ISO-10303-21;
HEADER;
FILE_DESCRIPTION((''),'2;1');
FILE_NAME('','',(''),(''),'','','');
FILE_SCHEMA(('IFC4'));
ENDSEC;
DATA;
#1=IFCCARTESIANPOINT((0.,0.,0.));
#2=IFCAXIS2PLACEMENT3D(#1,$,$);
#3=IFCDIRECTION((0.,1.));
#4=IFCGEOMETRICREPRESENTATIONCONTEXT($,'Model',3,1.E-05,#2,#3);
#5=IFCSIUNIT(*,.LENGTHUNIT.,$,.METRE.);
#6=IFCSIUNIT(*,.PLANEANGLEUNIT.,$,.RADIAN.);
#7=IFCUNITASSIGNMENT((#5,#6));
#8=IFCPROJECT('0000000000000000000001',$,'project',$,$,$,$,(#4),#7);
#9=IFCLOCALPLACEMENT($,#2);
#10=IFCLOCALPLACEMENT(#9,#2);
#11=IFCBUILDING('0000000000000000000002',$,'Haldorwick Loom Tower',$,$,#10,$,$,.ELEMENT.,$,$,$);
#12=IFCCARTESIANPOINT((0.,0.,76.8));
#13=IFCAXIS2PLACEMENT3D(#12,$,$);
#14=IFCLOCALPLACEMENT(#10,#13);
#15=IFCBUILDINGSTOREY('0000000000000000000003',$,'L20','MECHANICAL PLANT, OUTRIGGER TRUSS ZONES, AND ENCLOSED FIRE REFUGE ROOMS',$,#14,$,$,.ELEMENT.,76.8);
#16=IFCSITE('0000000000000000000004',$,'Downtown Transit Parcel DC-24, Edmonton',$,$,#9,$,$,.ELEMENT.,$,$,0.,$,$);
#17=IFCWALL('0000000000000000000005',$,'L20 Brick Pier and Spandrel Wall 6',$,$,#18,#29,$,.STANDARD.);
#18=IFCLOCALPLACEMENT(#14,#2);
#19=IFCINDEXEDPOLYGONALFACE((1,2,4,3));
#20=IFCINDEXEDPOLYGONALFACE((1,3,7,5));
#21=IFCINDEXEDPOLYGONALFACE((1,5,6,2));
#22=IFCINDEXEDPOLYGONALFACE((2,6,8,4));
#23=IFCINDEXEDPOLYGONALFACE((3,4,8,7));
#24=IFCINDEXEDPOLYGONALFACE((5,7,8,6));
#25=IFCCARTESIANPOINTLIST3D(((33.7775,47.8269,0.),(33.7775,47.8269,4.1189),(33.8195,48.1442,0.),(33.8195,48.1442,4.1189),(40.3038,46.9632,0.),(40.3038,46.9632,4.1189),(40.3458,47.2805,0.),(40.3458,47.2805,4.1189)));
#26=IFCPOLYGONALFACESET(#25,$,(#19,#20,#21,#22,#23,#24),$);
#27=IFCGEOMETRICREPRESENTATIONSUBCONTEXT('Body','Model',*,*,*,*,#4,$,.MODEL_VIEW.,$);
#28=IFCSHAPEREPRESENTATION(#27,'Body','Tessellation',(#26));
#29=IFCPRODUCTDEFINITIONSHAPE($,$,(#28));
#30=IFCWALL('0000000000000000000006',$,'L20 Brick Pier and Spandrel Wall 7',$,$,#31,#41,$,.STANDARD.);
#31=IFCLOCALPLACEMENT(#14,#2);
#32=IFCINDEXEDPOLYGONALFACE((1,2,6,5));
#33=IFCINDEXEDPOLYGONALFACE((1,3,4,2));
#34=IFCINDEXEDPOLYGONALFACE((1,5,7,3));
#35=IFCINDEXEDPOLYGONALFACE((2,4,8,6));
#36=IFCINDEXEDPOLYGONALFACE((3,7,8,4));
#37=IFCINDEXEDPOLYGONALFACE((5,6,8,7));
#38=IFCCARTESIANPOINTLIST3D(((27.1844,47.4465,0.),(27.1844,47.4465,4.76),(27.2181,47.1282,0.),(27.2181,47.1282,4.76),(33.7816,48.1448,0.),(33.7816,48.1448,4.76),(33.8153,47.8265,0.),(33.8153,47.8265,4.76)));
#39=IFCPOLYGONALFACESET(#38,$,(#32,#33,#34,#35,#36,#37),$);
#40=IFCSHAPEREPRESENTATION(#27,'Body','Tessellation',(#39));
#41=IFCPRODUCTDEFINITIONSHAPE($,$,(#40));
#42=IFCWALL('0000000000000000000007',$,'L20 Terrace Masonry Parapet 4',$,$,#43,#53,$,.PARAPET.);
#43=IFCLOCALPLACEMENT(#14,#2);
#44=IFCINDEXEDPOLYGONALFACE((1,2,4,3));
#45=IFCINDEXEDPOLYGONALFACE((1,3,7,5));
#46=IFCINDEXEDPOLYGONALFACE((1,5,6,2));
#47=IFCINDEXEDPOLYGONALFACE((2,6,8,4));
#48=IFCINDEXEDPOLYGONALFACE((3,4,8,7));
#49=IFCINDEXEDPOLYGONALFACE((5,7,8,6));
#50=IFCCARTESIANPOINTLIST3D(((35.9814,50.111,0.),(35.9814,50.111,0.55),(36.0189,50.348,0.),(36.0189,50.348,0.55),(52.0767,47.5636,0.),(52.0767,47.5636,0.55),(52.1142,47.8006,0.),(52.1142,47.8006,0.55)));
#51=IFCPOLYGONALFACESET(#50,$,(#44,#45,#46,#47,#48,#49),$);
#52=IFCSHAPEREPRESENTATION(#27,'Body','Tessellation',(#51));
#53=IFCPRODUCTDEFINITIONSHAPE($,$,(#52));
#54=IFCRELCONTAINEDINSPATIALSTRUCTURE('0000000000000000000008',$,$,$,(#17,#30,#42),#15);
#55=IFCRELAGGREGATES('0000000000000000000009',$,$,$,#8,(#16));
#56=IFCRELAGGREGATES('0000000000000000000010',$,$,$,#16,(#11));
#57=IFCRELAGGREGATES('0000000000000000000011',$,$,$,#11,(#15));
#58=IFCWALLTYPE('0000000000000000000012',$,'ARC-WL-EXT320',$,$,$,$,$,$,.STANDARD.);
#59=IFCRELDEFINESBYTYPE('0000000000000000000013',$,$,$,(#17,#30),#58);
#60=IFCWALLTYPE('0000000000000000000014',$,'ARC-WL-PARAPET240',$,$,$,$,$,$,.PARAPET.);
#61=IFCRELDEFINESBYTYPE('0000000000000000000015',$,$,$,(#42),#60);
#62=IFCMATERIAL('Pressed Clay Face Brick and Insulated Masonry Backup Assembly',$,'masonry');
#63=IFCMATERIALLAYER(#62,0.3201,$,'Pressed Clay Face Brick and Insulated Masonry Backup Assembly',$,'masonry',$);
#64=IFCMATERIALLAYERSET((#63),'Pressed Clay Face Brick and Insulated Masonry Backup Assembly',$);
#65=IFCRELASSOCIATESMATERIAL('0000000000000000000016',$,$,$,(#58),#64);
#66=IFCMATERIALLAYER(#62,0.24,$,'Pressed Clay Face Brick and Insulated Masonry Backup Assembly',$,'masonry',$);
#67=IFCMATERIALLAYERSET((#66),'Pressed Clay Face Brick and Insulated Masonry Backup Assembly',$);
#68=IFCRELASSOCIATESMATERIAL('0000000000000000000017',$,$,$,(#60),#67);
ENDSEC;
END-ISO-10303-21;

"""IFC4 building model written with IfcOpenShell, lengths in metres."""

from ifc_helpers import new_model, si_unit, direction, frame, frame_2d, origin, place, context, subcontext, project, spatial, rectangle, extrude, material, layer, layer_set, type_object, element, save


model = new_model("IFC4")

# Units and contexts
model_context = context("Model", 3, precision=1e-05, world=origin(), true_north=direction((0.0, 1.0)))
body_context = subcontext(model_context, "Body", "Model", "MODEL_VIEW")
ifc_project = project(units=[si_unit("LENGTHUNIT", "METRE"), si_unit("PLANEANGLEUNIT", "RADIAN")], contexts=[model_context])

# Site, building, storey
site_placement = place(None, origin())
site = spatial("IfcSite", under=ifc_project, at=site_placement, Name="Downtown Transit Parcel DC-24, Edmonton", CompositionType="ELEMENT", RefElevation=0.0)
building_placement = place(site_placement, origin())
building = spatial("IfcBuilding", under=site, at=building_placement, Name="Haldorwick Loom Tower", CompositionType="ELEMENT")
storey_placement = place(building_placement, frame((0.0, 0.0, 76.8)))
storey = spatial("IfcBuildingStorey", under=building, at=storey_placement, Name="L20", Description="MECHANICAL PLANT, OUTRIGGER TRUSS ZONES, AND ENCLOSED FIRE REFUGE ROOMS", CompositionType="ELEMENT", Elevation=76.8)

# Walls
ifc_material_1 = material(Name="Pressed Clay Face Brick and Insulated Masonry Backup Assembly", Category="masonry")
ifc_layer_1 = layer(ifc_material_1, 0.3201, Name="Pressed Clay Face Brick and Insulated Masonry Backup Assembly", Category="masonry")
ifc_layer_set_1 = layer_set([ifc_layer_1], Name="Pressed Clay Face Brick and Insulated Masonry Backup Assembly")
wall_type_1 = type_object("IfcWallType", Name="ARC-WL-EXT320", PredefinedType="STANDARD", material=ifc_layer_set_1)
wall_1_placement = place(storey_placement, frame((40.3247, 47.1218, 0.0), z_axis=(0.0, 0.0, 1.0), x_axis=(-0.991355, 0.131207, 0.0)))
element("IfcWall", 1, at=wall_1_placement, inside=storey, type_object=wall_type_1, Name="L20 Brick Pier and Spandrel Wall 6", PredefinedType="STANDARD", context=body_context, shape_type="SweptSolid", body=[
    extrude(rectangle(XDim=6.5833, YDim=0.3201, at=frame_2d((3.2915, 0.0))), origin(), (0.0, 0.0, 1.0), 4.1189),
])
wall_2_placement = place(storey_placement, frame((33.7983, 47.9856, 0.0), z_axis=(0.0, 0.0, 1.0), x_axis=(-0.994446, -0.105252, 0.0)))
element("IfcWall", 2, at=wall_2_placement, inside=storey, type_object=wall_type_1, Name="L20 Brick Pier and Spandrel Wall 7", PredefinedType="STANDARD", context=body_context, shape_type="SweptSolid", body=[
    extrude(rectangle(XDim=6.634, YDim=0.3201, at=frame_2d((3.3169, 0.0))), origin(), (0.0, 0.0, 1.0), 4.76),
])
ifc_layer_2 = layer(ifc_material_1, 0.24, Name="Pressed Clay Face Brick and Insulated Masonry Backup Assembly", Category="masonry")
ifc_layer_set_2 = layer_set([ifc_layer_2], Name="Pressed Clay Face Brick and Insulated Masonry Backup Assembly")
wall_type_2 = type_object("IfcWallType", Name="ARC-WL-PARAPET240", PredefinedType="PARAPET", material=ifc_layer_set_2)
wall_3_placement = place(storey_placement, frame((36.0, 50.2295, 0.0), z_axis=(0.0, 0.0, 1.0), x_axis=(0.987706, -0.156323, 0.0)))
element("IfcWall", 3, at=wall_3_placement, inside=storey, type_object=wall_type_2, Name="L20 Terrace Masonry Parapet 4", PredefinedType="PARAPET", context=body_context, shape_type="SweptSolid", body=[
    extrude(rectangle(XDim=16.2957, YDim=0.24, at=frame_2d((8.1479, 0.0))), origin(), (0.0, 0.0, 1.0), 0.55),
])

save(model, "model.ifc")
